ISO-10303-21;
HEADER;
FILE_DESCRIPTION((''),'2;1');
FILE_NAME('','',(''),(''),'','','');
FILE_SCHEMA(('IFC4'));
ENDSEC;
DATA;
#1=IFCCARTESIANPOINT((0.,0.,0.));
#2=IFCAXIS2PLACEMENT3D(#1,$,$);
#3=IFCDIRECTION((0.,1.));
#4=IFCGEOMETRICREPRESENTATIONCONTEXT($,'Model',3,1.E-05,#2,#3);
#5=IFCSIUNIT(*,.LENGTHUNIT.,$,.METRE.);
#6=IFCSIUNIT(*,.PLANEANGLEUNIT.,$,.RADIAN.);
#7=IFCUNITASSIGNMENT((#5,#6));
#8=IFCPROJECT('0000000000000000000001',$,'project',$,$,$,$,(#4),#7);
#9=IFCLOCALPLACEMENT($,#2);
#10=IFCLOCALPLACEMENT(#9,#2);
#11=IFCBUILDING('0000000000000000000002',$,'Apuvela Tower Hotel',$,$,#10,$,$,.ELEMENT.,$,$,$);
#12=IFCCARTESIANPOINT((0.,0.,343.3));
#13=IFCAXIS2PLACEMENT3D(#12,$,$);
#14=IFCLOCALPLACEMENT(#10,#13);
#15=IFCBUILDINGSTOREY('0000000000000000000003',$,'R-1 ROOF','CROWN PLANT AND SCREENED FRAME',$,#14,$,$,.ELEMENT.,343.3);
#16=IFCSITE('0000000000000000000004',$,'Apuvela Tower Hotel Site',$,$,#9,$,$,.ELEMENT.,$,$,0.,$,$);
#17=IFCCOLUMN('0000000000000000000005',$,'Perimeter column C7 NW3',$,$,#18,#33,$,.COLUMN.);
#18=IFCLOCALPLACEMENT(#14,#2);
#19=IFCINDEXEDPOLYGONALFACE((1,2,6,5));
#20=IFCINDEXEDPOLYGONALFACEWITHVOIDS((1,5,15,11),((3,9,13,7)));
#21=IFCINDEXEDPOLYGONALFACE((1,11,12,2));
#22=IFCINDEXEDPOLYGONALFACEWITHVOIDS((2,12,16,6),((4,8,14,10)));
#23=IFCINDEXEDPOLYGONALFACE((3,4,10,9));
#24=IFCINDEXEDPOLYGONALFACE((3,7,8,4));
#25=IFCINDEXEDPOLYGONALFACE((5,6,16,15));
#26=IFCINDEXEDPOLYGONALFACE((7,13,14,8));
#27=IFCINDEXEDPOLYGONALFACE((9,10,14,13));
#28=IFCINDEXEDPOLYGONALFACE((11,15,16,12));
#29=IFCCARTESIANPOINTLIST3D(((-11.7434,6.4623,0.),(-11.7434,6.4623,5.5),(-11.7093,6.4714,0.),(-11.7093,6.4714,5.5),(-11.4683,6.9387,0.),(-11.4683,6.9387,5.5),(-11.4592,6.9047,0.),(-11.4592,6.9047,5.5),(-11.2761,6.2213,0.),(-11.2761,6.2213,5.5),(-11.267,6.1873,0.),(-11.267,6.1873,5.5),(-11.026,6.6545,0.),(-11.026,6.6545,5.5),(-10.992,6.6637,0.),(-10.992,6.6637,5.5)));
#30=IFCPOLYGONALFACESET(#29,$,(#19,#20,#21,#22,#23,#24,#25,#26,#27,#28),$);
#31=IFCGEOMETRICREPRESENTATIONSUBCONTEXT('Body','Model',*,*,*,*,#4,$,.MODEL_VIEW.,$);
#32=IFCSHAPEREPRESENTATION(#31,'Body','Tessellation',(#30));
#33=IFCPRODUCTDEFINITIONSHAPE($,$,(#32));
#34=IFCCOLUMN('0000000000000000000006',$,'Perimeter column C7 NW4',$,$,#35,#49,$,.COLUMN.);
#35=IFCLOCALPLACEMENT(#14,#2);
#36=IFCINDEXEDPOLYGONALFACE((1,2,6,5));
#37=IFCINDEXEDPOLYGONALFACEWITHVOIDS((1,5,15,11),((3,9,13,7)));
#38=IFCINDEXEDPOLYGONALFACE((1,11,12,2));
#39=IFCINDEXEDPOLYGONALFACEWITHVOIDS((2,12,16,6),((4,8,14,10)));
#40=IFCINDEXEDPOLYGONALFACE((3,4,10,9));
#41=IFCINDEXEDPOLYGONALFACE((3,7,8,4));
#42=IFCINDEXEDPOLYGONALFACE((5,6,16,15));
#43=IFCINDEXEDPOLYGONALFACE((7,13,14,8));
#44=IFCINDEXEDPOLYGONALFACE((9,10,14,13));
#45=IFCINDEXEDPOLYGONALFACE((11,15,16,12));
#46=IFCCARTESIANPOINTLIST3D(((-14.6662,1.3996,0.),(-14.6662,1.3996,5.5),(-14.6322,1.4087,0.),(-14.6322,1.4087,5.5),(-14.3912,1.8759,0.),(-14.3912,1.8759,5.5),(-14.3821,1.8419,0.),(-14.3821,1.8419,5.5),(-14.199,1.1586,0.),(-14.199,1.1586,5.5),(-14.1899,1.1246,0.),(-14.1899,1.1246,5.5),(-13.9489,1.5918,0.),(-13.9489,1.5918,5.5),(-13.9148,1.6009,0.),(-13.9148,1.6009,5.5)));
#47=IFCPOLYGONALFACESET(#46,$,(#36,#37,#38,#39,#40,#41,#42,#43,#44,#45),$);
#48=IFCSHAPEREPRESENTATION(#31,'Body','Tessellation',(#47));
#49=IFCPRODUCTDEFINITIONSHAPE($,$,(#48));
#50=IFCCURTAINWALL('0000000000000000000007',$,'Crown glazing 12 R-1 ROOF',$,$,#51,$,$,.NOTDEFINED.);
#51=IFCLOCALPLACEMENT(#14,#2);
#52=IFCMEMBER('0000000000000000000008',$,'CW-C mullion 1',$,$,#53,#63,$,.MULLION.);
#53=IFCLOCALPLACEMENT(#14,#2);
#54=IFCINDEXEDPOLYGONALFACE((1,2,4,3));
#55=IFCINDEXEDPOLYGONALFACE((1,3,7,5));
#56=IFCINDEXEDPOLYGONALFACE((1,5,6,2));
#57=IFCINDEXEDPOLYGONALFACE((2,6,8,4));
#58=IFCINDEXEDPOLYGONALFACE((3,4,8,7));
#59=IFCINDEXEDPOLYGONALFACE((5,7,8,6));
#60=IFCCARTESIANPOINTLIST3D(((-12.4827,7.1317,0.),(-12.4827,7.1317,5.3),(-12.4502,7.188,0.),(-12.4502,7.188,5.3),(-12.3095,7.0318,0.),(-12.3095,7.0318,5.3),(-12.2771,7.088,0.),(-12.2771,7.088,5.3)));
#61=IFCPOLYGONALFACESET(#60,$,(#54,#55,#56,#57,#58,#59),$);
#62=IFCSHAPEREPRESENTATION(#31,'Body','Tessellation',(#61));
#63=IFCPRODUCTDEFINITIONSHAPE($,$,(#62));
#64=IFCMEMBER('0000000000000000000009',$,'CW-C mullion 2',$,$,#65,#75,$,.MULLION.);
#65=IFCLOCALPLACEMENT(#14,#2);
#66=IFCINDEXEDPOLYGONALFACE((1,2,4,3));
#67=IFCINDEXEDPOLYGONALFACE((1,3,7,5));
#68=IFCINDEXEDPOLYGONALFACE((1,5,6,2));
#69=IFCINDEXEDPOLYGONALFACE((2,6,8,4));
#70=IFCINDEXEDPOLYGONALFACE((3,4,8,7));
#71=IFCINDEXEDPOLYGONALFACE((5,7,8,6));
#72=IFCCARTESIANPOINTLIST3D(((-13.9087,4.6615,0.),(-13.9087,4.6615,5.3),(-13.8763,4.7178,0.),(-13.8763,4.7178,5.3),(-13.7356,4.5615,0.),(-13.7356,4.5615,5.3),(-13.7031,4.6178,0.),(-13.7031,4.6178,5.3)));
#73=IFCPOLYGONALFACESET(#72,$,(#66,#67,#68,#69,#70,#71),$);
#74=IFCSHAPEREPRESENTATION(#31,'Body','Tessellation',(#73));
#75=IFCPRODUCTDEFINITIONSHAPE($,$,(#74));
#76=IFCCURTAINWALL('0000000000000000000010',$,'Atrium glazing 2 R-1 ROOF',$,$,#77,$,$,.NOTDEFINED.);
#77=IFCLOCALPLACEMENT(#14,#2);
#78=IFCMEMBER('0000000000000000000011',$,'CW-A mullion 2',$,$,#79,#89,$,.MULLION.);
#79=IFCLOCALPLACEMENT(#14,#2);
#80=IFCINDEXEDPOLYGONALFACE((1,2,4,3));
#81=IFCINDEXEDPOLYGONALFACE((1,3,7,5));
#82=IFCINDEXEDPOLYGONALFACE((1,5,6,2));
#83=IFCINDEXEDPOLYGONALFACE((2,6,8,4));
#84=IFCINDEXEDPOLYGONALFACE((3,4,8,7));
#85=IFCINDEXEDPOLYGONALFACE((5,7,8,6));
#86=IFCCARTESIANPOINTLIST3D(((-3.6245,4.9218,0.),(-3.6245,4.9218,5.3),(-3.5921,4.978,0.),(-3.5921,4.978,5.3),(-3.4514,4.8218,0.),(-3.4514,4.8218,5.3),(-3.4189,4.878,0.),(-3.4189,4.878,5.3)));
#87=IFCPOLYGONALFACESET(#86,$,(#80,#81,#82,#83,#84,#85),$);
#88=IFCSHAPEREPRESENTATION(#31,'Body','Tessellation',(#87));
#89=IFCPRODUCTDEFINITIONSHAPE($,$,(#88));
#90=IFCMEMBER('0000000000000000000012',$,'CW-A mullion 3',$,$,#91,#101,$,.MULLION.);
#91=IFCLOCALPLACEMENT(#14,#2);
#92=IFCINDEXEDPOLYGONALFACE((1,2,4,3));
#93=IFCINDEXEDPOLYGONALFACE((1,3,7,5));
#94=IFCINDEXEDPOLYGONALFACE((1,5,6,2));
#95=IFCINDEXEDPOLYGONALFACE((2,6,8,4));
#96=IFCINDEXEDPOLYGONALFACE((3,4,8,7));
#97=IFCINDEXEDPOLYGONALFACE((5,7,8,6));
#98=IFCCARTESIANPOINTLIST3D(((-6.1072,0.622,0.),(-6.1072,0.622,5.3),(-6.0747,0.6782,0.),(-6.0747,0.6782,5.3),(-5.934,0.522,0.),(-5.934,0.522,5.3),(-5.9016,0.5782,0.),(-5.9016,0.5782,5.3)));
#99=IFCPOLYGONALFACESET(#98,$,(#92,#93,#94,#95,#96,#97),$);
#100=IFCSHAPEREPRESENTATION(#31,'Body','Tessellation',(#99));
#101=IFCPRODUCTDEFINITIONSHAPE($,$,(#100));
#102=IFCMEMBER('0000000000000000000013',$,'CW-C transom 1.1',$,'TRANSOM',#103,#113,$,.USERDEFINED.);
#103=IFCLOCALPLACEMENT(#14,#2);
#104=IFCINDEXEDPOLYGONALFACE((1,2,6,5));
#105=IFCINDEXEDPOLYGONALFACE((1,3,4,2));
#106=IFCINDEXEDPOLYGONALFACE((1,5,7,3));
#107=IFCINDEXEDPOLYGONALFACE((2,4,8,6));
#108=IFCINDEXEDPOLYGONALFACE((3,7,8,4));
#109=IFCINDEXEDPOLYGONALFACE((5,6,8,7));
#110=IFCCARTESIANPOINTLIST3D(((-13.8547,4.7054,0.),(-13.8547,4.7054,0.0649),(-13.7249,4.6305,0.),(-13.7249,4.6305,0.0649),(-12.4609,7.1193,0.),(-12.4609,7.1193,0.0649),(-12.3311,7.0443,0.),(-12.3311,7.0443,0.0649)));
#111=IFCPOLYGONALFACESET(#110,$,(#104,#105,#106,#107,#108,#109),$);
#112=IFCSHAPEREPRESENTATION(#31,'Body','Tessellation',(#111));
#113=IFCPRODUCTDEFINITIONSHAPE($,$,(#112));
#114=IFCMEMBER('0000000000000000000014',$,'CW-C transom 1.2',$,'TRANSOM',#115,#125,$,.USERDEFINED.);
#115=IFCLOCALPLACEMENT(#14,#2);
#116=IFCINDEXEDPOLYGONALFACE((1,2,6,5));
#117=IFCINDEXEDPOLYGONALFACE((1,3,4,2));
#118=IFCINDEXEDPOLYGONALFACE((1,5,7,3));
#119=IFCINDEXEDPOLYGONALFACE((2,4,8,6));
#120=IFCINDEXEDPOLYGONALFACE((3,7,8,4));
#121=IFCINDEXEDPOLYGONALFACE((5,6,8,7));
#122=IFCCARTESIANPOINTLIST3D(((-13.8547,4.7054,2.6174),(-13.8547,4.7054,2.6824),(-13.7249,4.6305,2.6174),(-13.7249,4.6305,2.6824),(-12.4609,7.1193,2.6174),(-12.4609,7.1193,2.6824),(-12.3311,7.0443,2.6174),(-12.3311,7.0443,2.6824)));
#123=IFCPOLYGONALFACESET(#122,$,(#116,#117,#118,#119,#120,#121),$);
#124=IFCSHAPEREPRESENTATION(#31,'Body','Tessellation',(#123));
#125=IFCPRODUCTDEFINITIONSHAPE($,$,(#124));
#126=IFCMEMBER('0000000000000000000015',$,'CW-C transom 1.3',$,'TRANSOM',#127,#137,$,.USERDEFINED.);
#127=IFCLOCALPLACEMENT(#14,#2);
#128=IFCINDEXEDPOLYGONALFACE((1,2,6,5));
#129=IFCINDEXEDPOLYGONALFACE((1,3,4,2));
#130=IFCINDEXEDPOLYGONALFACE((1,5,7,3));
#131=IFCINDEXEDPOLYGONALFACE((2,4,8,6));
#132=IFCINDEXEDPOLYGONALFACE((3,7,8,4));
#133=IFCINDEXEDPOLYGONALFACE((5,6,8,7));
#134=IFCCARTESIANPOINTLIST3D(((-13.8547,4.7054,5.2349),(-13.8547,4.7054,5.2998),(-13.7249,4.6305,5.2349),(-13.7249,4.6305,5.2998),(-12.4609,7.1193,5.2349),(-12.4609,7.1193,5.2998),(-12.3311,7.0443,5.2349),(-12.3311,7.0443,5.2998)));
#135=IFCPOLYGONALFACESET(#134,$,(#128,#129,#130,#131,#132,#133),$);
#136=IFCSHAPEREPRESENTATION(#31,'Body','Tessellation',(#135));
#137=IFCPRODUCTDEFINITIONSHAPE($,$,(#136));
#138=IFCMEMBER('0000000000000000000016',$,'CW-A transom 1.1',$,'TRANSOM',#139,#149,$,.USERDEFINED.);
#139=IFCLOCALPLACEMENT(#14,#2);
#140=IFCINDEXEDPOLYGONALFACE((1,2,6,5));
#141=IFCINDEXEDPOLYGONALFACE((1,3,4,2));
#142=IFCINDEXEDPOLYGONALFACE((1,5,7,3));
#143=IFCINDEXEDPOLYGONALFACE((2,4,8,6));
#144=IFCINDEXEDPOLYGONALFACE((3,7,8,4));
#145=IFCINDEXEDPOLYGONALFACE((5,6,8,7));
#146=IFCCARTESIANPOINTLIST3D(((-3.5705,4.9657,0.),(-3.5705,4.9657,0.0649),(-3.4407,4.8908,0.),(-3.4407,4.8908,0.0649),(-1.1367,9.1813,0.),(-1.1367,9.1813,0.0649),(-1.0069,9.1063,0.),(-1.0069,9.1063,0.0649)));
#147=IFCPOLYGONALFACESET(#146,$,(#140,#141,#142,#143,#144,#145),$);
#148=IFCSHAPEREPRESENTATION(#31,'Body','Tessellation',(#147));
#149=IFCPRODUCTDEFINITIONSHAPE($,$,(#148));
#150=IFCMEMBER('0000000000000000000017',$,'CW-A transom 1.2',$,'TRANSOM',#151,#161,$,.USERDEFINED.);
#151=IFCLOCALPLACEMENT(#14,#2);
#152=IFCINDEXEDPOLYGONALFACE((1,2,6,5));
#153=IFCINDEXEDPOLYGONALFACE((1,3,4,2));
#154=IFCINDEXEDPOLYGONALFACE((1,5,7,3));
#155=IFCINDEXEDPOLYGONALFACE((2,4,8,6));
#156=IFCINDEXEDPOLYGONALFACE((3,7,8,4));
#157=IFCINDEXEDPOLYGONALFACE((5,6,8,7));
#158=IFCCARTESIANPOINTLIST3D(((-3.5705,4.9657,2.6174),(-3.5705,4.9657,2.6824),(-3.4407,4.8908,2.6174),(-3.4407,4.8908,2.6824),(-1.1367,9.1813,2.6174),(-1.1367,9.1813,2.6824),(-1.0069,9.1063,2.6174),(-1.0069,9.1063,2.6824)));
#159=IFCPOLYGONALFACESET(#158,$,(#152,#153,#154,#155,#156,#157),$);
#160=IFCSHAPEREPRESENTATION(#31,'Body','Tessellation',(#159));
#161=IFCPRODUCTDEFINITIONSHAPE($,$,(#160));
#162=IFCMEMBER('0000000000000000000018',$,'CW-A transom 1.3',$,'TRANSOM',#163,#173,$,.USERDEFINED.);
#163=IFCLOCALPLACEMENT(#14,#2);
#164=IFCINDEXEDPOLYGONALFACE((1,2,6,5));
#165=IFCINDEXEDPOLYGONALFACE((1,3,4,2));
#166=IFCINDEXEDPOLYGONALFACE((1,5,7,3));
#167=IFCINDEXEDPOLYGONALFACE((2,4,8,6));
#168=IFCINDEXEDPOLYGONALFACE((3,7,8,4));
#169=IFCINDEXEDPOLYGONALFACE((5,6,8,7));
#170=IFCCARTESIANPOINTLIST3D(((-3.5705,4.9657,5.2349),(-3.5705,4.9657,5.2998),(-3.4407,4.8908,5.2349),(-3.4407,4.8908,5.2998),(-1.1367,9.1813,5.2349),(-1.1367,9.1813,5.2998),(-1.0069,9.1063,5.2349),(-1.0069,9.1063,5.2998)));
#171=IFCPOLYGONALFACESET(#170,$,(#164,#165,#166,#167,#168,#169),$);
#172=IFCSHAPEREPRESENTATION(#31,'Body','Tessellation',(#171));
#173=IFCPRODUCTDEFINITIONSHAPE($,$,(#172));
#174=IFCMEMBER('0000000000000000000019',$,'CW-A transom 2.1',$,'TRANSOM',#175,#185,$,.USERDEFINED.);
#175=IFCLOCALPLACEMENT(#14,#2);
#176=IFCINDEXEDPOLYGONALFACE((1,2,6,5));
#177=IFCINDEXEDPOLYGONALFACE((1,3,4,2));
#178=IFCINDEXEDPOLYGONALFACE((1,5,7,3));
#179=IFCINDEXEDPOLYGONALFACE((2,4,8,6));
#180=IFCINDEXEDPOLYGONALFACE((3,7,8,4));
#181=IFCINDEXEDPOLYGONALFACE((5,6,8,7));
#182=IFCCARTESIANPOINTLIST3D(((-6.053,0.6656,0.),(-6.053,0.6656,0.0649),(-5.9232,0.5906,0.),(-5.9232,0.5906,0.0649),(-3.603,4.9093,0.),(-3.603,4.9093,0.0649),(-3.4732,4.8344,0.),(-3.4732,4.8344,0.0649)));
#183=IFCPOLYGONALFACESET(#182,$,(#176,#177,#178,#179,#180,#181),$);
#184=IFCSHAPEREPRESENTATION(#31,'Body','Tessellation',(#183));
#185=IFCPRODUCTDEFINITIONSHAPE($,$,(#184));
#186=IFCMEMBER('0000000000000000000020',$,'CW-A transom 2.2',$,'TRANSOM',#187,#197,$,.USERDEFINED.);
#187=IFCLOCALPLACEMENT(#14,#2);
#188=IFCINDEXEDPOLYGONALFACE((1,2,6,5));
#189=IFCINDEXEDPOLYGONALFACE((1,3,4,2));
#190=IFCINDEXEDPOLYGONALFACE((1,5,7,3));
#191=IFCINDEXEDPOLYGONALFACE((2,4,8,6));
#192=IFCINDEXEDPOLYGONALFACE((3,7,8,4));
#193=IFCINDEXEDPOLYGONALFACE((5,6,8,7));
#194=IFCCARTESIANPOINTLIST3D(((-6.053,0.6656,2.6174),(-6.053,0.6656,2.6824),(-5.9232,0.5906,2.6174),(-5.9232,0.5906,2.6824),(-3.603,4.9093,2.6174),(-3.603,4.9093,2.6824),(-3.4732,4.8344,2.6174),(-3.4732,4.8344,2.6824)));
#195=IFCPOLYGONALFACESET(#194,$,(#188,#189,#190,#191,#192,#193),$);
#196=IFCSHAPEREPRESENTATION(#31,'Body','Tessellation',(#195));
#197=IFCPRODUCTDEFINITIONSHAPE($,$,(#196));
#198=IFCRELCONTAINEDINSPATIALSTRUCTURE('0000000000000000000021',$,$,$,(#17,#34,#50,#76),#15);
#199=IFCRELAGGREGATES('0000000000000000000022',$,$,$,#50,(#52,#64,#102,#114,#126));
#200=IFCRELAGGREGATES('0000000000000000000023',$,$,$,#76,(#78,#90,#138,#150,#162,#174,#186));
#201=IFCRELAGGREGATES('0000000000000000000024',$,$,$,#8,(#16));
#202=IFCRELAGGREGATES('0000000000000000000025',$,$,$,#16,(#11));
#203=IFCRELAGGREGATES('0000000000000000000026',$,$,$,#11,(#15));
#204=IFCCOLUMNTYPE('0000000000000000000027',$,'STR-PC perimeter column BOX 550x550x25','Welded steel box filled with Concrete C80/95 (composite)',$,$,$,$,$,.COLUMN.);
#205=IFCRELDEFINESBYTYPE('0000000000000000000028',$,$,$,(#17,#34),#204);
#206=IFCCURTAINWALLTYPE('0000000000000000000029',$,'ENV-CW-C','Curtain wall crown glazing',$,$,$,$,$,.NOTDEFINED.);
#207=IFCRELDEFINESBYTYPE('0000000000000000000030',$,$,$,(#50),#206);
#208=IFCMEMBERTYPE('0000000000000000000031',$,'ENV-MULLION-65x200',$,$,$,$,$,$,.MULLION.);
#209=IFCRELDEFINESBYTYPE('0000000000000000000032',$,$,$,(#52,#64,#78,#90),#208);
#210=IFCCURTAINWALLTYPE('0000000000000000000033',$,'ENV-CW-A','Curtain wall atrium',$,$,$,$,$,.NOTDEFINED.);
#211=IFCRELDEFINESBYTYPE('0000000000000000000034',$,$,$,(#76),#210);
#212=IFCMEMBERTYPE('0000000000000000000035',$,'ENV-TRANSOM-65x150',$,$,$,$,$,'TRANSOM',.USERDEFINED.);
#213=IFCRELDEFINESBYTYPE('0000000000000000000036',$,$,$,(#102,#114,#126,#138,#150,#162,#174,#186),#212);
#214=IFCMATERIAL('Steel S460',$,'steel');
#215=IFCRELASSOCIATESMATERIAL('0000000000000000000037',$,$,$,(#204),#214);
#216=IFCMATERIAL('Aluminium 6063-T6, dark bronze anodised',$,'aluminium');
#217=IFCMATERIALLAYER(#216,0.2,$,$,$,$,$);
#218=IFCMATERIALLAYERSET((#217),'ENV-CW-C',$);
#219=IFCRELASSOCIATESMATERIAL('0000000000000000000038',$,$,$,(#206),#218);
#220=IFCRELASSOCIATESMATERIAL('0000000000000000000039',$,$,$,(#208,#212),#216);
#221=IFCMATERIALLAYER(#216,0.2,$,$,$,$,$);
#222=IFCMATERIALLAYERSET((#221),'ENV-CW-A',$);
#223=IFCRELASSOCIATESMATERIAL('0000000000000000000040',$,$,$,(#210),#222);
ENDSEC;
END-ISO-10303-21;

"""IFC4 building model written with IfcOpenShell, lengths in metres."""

from ifc_helpers import new_model, si_unit, direction, frame, origin, origin_2d, place, context, subcontext, project, spatial, rectangle, hollow_rectangle, extrude, material, layer, layer_set, material_profile, profile_set, type_object, element, aggregate, save


model = new_model("IFC4")

# Units and contexts
model_context = context("Model", 3, precision=1e-05, world=origin(), true_north=direction((0.0, 1.0)))
body_context = subcontext(model_context, "Body", "Model", "MODEL_VIEW")
ifc_project = project(units=[si_unit("LENGTHUNIT", "METRE"), si_unit("PLANEANGLEUNIT", "RADIAN")], contexts=[model_context])

# Site, building, storey
site_placement = place(None, origin())
site = spatial("IfcSite", under=ifc_project, at=site_placement, Name="Apuvela Tower Hotel Site", CompositionType="ELEMENT", RefElevation=0.0)
building_placement = place(site_placement, origin())
building = spatial("IfcBuilding", under=site, at=building_placement, Name="Apuvela Tower Hotel", CompositionType="ELEMENT")
storey_placement = place(building_placement, frame((0.0, 0.0, 343.3)))
storey = spatial("IfcBuildingStorey", under=building, at=storey_placement, Name="R-1 ROOF", Description="CROWN PLANT AND SCREENED FRAME", CompositionType="ELEMENT", Elevation=343.3)

# Columns
ifc_material_1 = material(Name="Steel S460", Category="steel")
ifc_material_profile_1 = material_profile(ifc_material_1, hollow_rectangle(XDim=0.55, YDim=0.55, WallThickness=0.0249, at=origin_2d()), Name="BOX 550x550x25")
ifc_material_2 = material(Name="Concrete C80/95", Category="concrete")
ifc_material_profile_2 = material_profile(ifc_material_2, rectangle(XDim=0.5, YDim=0.5, at=origin_2d()), Name="Concrete C80/95 infill")
ifc_profile_set_1 = profile_set([ifc_material_profile_1, ifc_material_profile_2], Name="Steel S460")
column_type = type_object("IfcColumnType", Name="STR-PC perimeter column BOX 550x550x25", Description="Welded steel box filled with Concrete C80/95 (composite)", PredefinedType="COLUMN", material=ifc_profile_set_1)
for number, where, z_axis, x_axis, name in (
    (1, (-11.3677, 6.563, 0.0), (0.0, 0.0, 1.0), (0.5, 0.866025, 0.0), "Perimeter column C7 NW3"),
    (2, (-14.2905, 1.5002, 0.0), (0.0, 0.0, 1.0), (0.5, 0.866025, 0.0), "Perimeter column C7 NW4"),
):
    element("IfcColumn", number, at=place(storey_placement, frame(where, z_axis=z_axis, x_axis=x_axis)), inside=storey, type_object=column_type, Name=name, PredefinedType="COLUMN", context=body_context, shape_type="SweptSolid", body=[
        extrude(hollow_rectangle(XDim=0.55, YDim=0.55, WallThickness=0.0249, at=origin_2d()), origin(), (0.0, 0.0, 1.0), 5.5),
    ])

# Curtain walls, members
ifc_material_3 = material(Name="Aluminium 6063-T6, dark bronze anodised", Category="aluminium")
ifc_layer_1 = layer(ifc_material_3, 0.2)
ifc_layer_set_1 = layer_set([ifc_layer_1], Name="ENV-CW-C")
curtain_wall_type_1 = type_object("IfcCurtainWallType", Name="ENV-CW-C", Description="Curtain wall crown glazing", PredefinedType="NOTDEFINED", material=ifc_layer_set_1)
curtain_wall_1_placement = place(storey_placement, origin())
curtain_wall_1 = element("IfcCurtainWall", 3, at=curtain_wall_1_placement, inside=storey, type_object=curtain_wall_type_1, Name="Crown glazing 12 R-1 ROOF", PredefinedType="NOTDEFINED")
ifc_material_profile_3 = material_profile(ifc_material_3, rectangle(XDim=0.2, YDim=0.0649, at=origin_2d()), Name="AL 65x200")
ifc_profile_set_2 = profile_set([ifc_material_profile_3], Name="Aluminium 6063-T6, dark bronze anodised")
member_type_1 = type_object("IfcMemberType", Name="ENV-MULLION-65x200", PredefinedType="MULLION", material=ifc_profile_set_2)
member_1_placement = place(storey_placement, frame((-12.3799, 7.1099, 0.0), z_axis=(0.0, 0.0, 1.0), x_axis=(0.866037, -0.499981, 0.0)))
member_1 = element("IfcMember", 4, at=member_1_placement, type_object=member_type_1, Name="CW-C mullion 1", PredefinedType="MULLION", context=body_context, shape_type="SweptSolid", body=[
    extrude(rectangle(XDim=0.2, YDim=0.0649, at=origin_2d()), origin(), (0.0, 0.0, 1.0), 5.3),
])
member_2_placement = place(storey_placement, frame((-13.8059, 4.6396, 0.0), z_axis=(0.0, 0.0, 1.0), x_axis=(0.866037, -0.499981, 0.0)))
member_2 = element("IfcMember", 5, at=member_2_placement, type_object=member_type_1, Name="CW-C mullion 2", PredefinedType="MULLION", context=body_context, shape_type="SweptSolid", body=[
    extrude(rectangle(XDim=0.2, YDim=0.0649, at=origin_2d()), origin(), (0.0, 0.0, 1.0), 5.3),
])
ifc_layer_2 = layer(ifc_material_3, 0.2)
ifc_layer_set_2 = layer_set([ifc_layer_2], Name="ENV-CW-A")
curtain_wall_type_2 = type_object("IfcCurtainWallType", Name="ENV-CW-A", Description="Curtain wall atrium", PredefinedType="NOTDEFINED", material=ifc_layer_set_2)
curtain_wall_2_placement = place(storey_placement, origin())
curtain_wall_2 = element("IfcCurtainWall", 6, at=curtain_wall_2_placement, inside=storey, type_object=curtain_wall_type_2, Name="Atrium glazing 2 R-1 ROOF", PredefinedType="NOTDEFINED")
member_3_placement = place(storey_placement, frame((-3.5217, 4.8999, 0.0), z_axis=(0.0, 0.0, 1.0), x_axis=(0.866026, -0.499999, 0.0)))
member_3 = element("IfcMember", 7, at=member_3_placement, type_object=member_type_1, Name="CW-A mullion 2", PredefinedType="MULLION", context=body_context, shape_type="SweptSolid", body=[
    extrude(rectangle(XDim=0.2, YDim=0.0649, at=origin_2d()), origin(), (0.0, 0.0, 1.0), 5.3),
])
member_4_placement = place(storey_placement, frame((-6.0044, 0.6001, 0.0), z_axis=(0.0, 0.0, 1.0), x_axis=(0.866026, -0.499999, 0.0)))
member_4 = element("IfcMember", 8, at=member_4_placement, type_object=member_type_1, Name="CW-A mullion 3", PredefinedType="MULLION", context=body_context, shape_type="SweptSolid", body=[
    extrude(rectangle(XDim=0.2, YDim=0.0649, at=origin_2d()), origin(), (0.0, 0.0, 1.0), 5.3),
])

# Members
ifc_material_profile_4 = material_profile(ifc_material_3, rectangle(XDim=0.1499, YDim=0.0649, at=origin_2d()), Name="AL 65x150 transom")
ifc_profile_set_3 = profile_set([ifc_material_profile_4], Name="Aluminium 6063-T6, dark bronze anodised")
member_type_2 = type_object("IfcMemberType", Name="ENV-TRANSOM-65x150", ElementType="TRANSOM", PredefinedType="USERDEFINED", material=ifc_profile_set_3)
member_5_placement = place(storey_placement, frame((-12.396, 7.0818, 0.0325), z_axis=(-0.500048, -0.865997, 0.0), x_axis=(0.865997, -0.500048, 0.0)))
member_5 = element("IfcMember", 9, at=member_5_placement, type_object=member_type_2, Name="CW-C transom 1.1", ObjectType="TRANSOM", PredefinedType="USERDEFINED", context=body_context, shape_type="SweptSolid", body=[
    extrude(rectangle(XDim=0.1499, YDim=0.0649, at=origin_2d()), origin(), (0.0, 0.0, 1.0), 2.7874),
])
member_6_placement = place(storey_placement, frame((-12.396, 7.0818, 2.6499), z_axis=(-0.500048, -0.865997, 0.0), x_axis=(0.865997, -0.500048, 0.0)))
member_6 = element("IfcMember", 10, at=member_6_placement, type_object=member_type_2, Name="CW-C transom 1.2", ObjectType="TRANSOM", PredefinedType="USERDEFINED", context=body_context, shape_type="SweptSolid", body=[
    extrude(rectangle(XDim=0.1499, YDim=0.0649, at=origin_2d()), origin(), (0.0, 0.0, 1.0), 2.7874),
])
member_7_placement = place(storey_placement, frame((-12.396, 7.0818, 5.2673), z_axis=(-0.500048, -0.865997, 0.0), x_axis=(0.865997, -0.500048, 0.0)))
member_7 = element("IfcMember", 11, at=member_7_placement, type_object=member_type_2, Name="CW-C transom 1.3", ObjectType="TRANSOM", PredefinedType="USERDEFINED", context=body_context, shape_type="SweptSolid", body=[
    extrude(rectangle(XDim=0.1499, YDim=0.0649, at=origin_2d()), origin(), (0.0, 0.0, 1.0), 2.7874),
])
member_8_placement = place(storey_placement, frame((-1.0718, 9.1438, 0.0325), z_axis=(-0.499996, -0.866028, 0.0), x_axis=(0.866028, -0.499996, 0.0)))
member_8 = element("IfcMember", 12, at=member_8_placement, type_object=member_type_2, Name="CW-A transom 1.1", ObjectType="TRANSOM", PredefinedType="USERDEFINED", context=body_context, shape_type="SweptSolid", body=[
    extrude(rectangle(XDim=0.1499, YDim=0.0649, at=origin_2d()), origin(), (0.0, 0.0, 1.0), 4.8677),
])
member_9_placement = place(storey_placement, frame((-1.0718, 9.1438, 2.6499), z_axis=(-0.499996, -0.866028, 0.0), x_axis=(0.866028, -0.499996, 0.0)))
member_9 = element("IfcMember", 13, at=member_9_placement, type_object=member_type_2, Name="CW-A transom 1.2", ObjectType="TRANSOM", PredefinedType="USERDEFINED", context=body_context, shape_type="SweptSolid", body=[
    extrude(rectangle(XDim=0.1499, YDim=0.0649, at=origin_2d()), origin(), (0.0, 0.0, 1.0), 4.8677),
])
member_10_placement = place(storey_placement, frame((-1.0718, 9.1438, 5.2673), z_axis=(-0.499996, -0.866028, 0.0), x_axis=(0.866028, -0.499996, 0.0)))
member_10 = element("IfcMember", 14, at=member_10_placement, type_object=member_type_2, Name="CW-A transom 1.3", ObjectType="TRANSOM", PredefinedType="USERDEFINED", context=body_context, shape_type="SweptSolid", body=[
    extrude(rectangle(XDim=0.1499, YDim=0.0649, at=origin_2d()), origin(), (0.0, 0.0, 1.0), 4.8677),
])
member_11_placement = place(storey_placement, frame((-3.5381, 4.8718, 0.0325), z_axis=(-0.499981, -0.866036, 0.0), x_axis=(0.866036, -0.499981, 0.0)))
member_11 = element("IfcMember", 15, at=member_11_placement, type_object=member_type_2, Name="CW-A transom 2.1", ObjectType="TRANSOM", PredefinedType="USERDEFINED", context=body_context, shape_type="SweptSolid", body=[
    extrude(rectangle(XDim=0.1499, YDim=0.0649, at=origin_2d()), origin(), (0.0, 0.0, 1.0), 4.9001),
])
member_12_placement = place(storey_placement, frame((-3.5381, 4.8718, 2.6499), z_axis=(-0.499981, -0.866036, 0.0), x_axis=(0.866036, -0.499981, 0.0)))
member_12 = element("IfcMember", 16, at=member_12_placement, type_object=member_type_2, Name="CW-A transom 2.2", ObjectType="TRANSOM", PredefinedType="USERDEFINED", context=body_context, shape_type="SweptSolid", body=[
    extrude(rectangle(XDim=0.1499, YDim=0.0649, at=origin_2d()), origin(), (0.0, 0.0, 1.0), 4.9001),
])

aggregate(curtain_wall_1, [member_1, member_2, member_5, member_6, member_7])
aggregate(curtain_wall_2, [member_3, member_4, member_8, member_9, member_10, member_11, member_12])

save(model, "model.ifc")
